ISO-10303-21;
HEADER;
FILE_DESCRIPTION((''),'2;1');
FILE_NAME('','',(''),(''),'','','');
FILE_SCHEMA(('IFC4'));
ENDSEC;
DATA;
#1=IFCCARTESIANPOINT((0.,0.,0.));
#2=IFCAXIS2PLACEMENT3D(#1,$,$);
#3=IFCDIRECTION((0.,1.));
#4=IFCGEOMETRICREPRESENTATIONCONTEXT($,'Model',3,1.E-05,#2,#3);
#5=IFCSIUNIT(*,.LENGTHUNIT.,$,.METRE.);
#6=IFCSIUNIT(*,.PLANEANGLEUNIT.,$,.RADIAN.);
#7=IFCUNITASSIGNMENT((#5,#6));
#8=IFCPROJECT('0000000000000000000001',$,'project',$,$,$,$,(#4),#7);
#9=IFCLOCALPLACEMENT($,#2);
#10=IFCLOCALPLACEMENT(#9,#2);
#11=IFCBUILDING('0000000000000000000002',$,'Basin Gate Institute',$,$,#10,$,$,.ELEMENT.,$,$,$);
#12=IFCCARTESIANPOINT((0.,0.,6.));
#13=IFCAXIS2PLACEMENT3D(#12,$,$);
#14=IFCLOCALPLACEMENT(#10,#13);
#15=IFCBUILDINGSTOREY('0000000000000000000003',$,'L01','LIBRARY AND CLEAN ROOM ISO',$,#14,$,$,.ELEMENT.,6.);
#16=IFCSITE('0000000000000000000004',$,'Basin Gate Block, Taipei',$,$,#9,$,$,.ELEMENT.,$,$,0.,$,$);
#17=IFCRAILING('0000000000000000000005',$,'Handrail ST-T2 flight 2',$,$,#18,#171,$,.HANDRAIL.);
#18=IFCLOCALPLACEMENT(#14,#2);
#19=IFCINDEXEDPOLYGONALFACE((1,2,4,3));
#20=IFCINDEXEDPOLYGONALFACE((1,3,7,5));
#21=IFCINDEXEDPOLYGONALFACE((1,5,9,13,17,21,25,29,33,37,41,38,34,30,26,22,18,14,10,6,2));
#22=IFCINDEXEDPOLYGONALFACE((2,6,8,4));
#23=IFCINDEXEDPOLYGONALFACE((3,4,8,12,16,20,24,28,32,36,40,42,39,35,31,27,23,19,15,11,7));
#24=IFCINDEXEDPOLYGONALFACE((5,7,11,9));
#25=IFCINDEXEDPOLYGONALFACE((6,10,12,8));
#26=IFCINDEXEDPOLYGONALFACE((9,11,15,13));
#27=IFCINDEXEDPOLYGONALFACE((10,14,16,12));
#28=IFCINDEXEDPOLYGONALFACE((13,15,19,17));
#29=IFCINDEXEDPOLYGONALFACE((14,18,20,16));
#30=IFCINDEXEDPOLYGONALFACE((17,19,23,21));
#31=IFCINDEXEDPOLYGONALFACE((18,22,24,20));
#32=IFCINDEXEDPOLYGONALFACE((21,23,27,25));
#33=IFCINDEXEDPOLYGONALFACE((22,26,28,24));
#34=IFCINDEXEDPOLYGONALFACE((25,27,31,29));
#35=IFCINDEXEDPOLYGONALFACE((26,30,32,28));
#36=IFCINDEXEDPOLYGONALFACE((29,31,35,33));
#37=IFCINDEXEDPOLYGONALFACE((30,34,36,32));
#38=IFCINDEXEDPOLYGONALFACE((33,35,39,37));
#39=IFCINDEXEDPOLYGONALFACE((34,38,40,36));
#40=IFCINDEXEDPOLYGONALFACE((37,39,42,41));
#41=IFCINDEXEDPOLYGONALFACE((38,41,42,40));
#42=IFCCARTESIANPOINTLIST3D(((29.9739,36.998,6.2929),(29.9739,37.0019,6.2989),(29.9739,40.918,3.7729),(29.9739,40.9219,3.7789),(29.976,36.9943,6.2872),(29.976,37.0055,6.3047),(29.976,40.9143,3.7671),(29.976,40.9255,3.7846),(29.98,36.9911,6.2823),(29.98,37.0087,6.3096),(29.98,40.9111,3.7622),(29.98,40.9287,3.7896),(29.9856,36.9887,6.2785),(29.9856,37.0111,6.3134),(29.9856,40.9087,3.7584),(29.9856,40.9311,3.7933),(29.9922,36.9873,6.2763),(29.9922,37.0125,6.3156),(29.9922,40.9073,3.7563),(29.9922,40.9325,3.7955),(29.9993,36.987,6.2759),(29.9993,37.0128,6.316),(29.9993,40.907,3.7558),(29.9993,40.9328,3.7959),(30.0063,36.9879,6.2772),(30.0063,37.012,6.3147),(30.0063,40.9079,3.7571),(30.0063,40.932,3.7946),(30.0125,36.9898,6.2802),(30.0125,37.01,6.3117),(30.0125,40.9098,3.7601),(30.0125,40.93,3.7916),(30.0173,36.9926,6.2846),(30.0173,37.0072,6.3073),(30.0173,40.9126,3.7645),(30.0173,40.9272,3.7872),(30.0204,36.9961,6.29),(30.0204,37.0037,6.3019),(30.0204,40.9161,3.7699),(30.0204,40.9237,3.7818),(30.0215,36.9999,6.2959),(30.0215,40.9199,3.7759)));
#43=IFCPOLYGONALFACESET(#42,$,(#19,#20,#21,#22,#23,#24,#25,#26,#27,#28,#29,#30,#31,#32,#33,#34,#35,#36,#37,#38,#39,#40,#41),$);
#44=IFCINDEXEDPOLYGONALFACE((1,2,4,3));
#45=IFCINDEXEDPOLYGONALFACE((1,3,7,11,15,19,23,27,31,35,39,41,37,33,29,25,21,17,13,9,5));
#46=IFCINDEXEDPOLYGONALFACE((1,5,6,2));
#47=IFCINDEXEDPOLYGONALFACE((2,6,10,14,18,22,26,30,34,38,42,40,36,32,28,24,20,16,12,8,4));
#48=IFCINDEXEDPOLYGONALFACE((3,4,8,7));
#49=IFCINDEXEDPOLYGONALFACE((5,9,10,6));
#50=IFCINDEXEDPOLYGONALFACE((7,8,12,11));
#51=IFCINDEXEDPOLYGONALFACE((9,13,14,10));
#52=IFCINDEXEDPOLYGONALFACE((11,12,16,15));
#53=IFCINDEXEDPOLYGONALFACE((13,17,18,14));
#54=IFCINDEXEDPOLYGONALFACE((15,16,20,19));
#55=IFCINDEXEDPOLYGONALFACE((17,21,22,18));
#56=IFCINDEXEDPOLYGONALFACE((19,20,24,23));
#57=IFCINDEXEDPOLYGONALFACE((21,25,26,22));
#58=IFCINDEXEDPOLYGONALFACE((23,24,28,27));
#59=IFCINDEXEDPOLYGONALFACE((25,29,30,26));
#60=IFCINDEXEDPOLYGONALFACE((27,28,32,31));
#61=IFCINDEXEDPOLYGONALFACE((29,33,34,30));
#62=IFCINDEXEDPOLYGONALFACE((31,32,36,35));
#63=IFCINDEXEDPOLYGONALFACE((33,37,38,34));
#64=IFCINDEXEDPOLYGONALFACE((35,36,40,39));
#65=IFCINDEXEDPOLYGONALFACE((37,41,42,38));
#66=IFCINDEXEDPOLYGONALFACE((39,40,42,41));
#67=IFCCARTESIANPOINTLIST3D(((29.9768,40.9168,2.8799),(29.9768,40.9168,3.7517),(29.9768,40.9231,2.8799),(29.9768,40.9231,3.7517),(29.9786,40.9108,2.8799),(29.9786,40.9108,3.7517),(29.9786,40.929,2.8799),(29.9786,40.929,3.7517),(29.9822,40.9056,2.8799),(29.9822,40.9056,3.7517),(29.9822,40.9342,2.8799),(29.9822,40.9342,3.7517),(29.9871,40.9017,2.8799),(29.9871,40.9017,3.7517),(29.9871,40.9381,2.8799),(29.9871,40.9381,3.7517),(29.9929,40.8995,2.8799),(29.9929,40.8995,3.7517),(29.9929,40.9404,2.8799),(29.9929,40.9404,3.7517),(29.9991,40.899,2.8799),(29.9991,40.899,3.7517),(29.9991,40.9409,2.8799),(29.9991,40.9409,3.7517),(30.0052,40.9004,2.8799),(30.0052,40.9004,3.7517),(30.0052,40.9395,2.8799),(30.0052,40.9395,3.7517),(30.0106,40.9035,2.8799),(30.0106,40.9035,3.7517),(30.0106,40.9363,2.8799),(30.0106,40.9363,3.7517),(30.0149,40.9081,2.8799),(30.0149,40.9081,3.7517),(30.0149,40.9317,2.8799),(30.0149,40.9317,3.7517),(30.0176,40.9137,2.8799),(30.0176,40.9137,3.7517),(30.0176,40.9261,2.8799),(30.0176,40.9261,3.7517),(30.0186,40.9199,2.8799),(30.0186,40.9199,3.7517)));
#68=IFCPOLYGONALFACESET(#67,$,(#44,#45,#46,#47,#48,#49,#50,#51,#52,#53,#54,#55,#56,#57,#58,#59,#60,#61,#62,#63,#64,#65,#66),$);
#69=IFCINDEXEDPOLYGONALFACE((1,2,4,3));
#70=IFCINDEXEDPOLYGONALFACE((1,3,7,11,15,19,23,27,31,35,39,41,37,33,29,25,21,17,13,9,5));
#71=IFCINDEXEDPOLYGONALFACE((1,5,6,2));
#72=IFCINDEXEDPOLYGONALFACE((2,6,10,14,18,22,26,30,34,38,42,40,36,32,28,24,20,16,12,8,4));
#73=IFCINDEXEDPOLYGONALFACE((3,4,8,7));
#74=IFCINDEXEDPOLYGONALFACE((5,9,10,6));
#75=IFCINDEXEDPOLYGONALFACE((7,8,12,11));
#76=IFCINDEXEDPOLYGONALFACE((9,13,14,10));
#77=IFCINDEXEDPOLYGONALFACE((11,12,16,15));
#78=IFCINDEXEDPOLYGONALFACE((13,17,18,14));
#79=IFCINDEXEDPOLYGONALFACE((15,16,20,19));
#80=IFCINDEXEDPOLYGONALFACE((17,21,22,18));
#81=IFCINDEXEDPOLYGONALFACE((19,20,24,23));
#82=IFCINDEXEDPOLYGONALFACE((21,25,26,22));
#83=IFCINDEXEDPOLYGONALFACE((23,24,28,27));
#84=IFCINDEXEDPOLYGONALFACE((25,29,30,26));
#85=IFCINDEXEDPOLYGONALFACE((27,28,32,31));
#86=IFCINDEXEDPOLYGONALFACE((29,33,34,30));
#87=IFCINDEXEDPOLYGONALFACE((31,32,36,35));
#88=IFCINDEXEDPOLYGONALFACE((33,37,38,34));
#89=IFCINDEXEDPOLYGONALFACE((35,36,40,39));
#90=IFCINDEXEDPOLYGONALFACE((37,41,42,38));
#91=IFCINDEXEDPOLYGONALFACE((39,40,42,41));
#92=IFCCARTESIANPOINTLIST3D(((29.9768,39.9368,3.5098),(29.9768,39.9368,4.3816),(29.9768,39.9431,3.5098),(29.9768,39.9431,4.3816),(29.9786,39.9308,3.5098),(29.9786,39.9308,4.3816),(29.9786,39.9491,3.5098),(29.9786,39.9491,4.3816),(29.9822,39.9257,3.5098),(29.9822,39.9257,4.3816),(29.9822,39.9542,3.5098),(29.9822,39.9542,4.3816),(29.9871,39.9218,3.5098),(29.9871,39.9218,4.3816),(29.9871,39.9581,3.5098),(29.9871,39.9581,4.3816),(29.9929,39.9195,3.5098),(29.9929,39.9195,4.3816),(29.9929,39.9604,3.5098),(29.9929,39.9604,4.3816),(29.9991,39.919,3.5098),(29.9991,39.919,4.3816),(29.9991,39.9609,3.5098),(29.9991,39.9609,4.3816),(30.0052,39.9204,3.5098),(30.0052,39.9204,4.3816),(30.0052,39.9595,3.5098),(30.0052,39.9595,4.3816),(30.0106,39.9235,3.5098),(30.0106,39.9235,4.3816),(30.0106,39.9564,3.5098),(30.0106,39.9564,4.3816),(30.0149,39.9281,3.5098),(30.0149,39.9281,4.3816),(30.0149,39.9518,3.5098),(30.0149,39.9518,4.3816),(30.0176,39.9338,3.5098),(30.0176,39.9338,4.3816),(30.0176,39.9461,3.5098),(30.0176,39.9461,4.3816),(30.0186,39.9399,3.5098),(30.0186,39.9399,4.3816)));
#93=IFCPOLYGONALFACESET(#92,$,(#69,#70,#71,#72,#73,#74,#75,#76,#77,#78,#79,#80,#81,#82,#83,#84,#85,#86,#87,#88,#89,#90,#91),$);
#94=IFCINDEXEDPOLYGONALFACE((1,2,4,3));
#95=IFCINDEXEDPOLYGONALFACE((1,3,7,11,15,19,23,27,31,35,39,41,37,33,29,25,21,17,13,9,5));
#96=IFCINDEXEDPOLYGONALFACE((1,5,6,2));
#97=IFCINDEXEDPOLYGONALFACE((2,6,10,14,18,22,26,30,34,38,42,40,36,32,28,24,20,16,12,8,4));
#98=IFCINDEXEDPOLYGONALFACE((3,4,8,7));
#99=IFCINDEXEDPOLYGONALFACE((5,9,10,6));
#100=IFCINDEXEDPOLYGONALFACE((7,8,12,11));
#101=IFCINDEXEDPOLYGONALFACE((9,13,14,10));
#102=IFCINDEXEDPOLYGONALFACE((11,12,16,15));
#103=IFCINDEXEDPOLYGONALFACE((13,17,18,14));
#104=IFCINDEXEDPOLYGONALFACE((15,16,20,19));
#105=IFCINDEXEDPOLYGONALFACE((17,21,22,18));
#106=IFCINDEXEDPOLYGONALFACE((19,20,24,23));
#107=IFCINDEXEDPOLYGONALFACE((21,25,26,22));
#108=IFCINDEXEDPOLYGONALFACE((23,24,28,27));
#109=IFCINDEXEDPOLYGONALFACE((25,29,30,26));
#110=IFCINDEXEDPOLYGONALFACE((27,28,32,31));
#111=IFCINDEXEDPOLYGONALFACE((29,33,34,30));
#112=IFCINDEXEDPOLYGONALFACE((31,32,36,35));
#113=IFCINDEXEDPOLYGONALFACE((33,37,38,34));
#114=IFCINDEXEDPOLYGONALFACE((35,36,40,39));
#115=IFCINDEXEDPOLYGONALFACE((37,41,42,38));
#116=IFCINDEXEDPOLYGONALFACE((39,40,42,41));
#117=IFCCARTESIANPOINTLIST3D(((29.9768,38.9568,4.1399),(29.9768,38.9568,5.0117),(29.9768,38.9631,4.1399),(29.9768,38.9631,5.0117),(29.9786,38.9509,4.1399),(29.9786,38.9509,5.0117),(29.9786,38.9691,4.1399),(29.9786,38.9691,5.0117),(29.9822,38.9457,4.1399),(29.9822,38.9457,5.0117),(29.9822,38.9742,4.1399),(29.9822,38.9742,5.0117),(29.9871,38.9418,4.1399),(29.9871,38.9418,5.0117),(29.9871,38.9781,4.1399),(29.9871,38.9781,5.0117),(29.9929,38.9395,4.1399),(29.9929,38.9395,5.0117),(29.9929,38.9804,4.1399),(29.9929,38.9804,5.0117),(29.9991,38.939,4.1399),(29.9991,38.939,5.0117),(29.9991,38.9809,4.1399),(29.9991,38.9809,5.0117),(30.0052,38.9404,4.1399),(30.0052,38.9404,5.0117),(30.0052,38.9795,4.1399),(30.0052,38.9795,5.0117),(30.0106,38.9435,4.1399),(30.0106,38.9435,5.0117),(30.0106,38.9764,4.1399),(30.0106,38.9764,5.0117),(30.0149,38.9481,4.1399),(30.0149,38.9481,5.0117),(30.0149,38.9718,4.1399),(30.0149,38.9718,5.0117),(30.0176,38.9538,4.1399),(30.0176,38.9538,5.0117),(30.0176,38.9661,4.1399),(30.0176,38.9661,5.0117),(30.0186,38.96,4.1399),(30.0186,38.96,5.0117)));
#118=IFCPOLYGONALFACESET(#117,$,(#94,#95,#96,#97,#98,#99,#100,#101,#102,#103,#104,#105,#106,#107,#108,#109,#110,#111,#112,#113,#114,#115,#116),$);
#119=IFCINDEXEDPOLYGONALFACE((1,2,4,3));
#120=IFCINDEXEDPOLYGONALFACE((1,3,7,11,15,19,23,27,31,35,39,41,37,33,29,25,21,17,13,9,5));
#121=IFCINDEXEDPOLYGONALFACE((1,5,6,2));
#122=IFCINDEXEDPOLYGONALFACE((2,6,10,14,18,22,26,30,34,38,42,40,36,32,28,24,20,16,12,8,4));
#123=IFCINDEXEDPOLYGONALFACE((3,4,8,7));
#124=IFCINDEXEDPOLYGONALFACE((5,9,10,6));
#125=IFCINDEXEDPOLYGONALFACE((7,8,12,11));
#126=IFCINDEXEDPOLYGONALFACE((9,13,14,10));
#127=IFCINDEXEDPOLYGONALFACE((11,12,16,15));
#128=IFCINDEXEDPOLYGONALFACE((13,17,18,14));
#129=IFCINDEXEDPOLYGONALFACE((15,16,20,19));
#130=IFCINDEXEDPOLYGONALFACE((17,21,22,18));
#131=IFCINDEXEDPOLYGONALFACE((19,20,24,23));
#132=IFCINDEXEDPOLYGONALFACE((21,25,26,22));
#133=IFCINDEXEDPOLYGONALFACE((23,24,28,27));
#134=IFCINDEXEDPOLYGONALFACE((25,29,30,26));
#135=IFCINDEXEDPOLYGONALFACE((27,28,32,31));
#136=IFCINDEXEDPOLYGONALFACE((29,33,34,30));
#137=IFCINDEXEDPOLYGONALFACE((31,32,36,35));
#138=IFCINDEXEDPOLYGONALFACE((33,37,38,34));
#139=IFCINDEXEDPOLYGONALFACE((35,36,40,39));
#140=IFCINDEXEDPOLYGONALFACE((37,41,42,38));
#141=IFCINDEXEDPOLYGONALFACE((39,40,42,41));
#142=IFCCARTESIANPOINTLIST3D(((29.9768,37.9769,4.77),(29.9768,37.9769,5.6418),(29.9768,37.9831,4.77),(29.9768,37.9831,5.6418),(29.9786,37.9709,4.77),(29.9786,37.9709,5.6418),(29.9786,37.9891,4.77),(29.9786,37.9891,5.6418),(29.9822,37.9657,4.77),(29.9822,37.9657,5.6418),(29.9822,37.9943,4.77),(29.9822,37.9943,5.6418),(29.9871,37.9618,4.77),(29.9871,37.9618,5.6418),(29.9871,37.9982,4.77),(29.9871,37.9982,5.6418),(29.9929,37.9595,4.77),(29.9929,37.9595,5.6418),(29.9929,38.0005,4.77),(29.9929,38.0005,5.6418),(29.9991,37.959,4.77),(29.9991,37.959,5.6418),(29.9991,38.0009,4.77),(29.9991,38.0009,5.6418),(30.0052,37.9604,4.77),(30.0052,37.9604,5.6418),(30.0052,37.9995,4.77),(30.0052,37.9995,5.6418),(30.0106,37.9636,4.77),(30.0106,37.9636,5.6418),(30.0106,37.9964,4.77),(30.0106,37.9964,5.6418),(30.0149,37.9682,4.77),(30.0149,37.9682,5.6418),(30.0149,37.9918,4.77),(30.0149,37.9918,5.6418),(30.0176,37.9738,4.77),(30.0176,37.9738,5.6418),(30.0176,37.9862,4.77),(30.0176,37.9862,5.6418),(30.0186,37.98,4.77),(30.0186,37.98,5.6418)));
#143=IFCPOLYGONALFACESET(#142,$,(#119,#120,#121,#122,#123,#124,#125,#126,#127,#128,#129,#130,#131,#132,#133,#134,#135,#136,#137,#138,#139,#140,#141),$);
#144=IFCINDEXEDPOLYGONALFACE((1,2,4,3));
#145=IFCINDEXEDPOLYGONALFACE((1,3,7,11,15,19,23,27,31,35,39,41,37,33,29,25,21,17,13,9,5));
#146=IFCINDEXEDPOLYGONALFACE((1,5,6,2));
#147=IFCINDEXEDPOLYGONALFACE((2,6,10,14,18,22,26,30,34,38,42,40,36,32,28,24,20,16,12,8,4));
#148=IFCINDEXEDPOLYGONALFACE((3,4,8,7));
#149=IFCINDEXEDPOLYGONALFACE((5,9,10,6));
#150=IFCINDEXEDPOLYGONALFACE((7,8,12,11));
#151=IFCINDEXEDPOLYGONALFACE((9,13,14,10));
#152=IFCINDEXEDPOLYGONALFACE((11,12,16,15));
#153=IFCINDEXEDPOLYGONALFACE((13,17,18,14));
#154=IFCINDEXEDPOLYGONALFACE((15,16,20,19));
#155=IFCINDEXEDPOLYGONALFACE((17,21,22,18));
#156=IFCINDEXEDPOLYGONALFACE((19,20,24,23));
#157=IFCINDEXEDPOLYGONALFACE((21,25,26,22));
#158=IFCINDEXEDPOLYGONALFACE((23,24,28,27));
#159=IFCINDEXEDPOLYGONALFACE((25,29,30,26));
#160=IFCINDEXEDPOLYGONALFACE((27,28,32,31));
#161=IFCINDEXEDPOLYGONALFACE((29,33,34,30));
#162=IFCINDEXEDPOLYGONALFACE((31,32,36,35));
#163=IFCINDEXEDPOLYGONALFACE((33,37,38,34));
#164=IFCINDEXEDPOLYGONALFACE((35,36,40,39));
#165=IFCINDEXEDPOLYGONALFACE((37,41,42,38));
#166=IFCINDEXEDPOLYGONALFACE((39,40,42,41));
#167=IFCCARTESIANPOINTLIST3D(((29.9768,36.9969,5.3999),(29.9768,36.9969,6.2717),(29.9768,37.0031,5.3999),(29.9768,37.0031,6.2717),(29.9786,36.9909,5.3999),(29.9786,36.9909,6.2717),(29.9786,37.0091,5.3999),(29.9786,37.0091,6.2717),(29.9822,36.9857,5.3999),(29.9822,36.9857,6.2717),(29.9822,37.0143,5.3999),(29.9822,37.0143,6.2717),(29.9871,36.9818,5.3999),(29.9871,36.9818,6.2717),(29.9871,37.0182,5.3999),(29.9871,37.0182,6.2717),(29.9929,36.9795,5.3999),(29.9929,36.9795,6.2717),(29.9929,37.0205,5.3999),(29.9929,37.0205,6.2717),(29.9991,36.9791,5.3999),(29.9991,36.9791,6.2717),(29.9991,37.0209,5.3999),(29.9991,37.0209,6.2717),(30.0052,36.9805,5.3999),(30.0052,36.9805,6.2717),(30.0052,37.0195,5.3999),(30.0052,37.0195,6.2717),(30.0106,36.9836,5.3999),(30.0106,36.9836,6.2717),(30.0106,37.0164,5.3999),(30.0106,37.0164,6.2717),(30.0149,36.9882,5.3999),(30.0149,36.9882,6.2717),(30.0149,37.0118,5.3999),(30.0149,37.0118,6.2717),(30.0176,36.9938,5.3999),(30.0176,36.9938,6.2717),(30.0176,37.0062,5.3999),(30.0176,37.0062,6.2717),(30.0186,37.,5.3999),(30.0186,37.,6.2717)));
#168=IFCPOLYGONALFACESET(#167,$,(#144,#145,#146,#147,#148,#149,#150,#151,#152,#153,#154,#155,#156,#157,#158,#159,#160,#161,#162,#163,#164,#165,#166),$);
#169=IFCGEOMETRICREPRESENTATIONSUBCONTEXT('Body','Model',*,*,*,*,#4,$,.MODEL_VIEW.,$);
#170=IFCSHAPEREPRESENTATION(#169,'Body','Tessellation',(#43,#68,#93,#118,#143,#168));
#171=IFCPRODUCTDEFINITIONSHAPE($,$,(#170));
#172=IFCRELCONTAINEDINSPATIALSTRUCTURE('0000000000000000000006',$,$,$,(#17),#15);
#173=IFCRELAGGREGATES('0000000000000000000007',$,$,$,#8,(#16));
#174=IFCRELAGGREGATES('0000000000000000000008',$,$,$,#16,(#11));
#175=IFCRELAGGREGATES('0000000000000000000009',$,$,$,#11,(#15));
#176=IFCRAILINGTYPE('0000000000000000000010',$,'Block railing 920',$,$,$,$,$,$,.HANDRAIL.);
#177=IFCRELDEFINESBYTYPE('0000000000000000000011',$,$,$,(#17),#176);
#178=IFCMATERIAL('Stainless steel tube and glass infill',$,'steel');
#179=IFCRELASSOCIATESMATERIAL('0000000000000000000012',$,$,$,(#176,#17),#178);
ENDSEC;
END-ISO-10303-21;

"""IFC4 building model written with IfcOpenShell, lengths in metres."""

from ifc_helpers import new_model, si_unit, direction, frame, origin, origin_2d, place, context, subcontext, project, spatial, circle, extrude, material, type_object, element, save


model = new_model("IFC4")

# Units and contexts
model_context = context("Model", 3, precision=1e-05, world=origin(), true_north=direction((0.0, 1.0)))
body_context = subcontext(model_context, "Body", "Model", "MODEL_VIEW")
ifc_project = project(units=[si_unit("LENGTHUNIT", "METRE"), si_unit("PLANEANGLEUNIT", "RADIAN")], contexts=[model_context])

# Site, building, storey
site_placement = place(None, origin())
site = spatial("IfcSite", under=ifc_project, at=site_placement, Name="Basin Gate Block, Taipei", CompositionType="ELEMENT", RefElevation=0.0)
building_placement = place(site_placement, origin())
building = spatial("IfcBuilding", under=site, at=building_placement, Name="Basin Gate Institute", CompositionType="ELEMENT")
storey_placement = place(building_placement, frame((0.0, 0.0, 6.0)))
storey = spatial("IfcBuildingStorey", under=building, at=storey_placement, Name="L01", Description="LIBRARY AND CLEAN ROOM ISO", CompositionType="ELEMENT", Elevation=6.0)

# Railing
ifc_material_1 = material(Name="Stainless steel tube and glass infill", Category="steel")
railing_type_1 = type_object("IfcRailingType", Name="Block railing 920", PredefinedType="HANDRAIL", material=ifc_material_1)
for number, where, name in (
    (1, (29.9976, 40.9199, 2.8799), "Handrail ST-T2 flight 2"),
):
    element("IfcRailing", number, at=place(storey_placement, frame(where)), inside=storey, type_object=railing_type_1, material=ifc_material_1, Name=name, PredefinedType="HANDRAIL", context=body_context, shape_type="SweptSolid", body=[
        extrude(circle(Radius=0.0239, at=origin_2d()), frame((0.0, 0.0, 0.896), z_axis=(0.0, -0.841172, 0.540768), x_axis=(1.0, 0.0, 0.0)), (0.0, 0.0, 1.0), 4.6602),
        extrude(circle(Radius=0.021, at=origin_2d()), origin(), (0.0, 0.0, 1.0), 0.8718),
        extrude(circle(Radius=0.021, at=origin_2d()), frame((0.0, -0.98, 0.6299)), (0.0, 0.0, 1.0), 0.8718),
        extrude(circle(Radius=0.021, at=origin_2d()), frame((0.0, -1.96, 1.26)), (0.0, 0.0, 1.0), 0.8718),
        extrude(circle(Radius=0.021, at=origin_2d()), frame((0.0, -2.9399, 1.8901)), (0.0, 0.0, 1.0), 0.8718),
        extrude(circle(Radius=0.021, at=origin_2d()), frame((0.0, -3.9199, 2.52)), (0.0, 0.0, 1.0), 0.8718),
    ])

save(model, "model.ifc")
